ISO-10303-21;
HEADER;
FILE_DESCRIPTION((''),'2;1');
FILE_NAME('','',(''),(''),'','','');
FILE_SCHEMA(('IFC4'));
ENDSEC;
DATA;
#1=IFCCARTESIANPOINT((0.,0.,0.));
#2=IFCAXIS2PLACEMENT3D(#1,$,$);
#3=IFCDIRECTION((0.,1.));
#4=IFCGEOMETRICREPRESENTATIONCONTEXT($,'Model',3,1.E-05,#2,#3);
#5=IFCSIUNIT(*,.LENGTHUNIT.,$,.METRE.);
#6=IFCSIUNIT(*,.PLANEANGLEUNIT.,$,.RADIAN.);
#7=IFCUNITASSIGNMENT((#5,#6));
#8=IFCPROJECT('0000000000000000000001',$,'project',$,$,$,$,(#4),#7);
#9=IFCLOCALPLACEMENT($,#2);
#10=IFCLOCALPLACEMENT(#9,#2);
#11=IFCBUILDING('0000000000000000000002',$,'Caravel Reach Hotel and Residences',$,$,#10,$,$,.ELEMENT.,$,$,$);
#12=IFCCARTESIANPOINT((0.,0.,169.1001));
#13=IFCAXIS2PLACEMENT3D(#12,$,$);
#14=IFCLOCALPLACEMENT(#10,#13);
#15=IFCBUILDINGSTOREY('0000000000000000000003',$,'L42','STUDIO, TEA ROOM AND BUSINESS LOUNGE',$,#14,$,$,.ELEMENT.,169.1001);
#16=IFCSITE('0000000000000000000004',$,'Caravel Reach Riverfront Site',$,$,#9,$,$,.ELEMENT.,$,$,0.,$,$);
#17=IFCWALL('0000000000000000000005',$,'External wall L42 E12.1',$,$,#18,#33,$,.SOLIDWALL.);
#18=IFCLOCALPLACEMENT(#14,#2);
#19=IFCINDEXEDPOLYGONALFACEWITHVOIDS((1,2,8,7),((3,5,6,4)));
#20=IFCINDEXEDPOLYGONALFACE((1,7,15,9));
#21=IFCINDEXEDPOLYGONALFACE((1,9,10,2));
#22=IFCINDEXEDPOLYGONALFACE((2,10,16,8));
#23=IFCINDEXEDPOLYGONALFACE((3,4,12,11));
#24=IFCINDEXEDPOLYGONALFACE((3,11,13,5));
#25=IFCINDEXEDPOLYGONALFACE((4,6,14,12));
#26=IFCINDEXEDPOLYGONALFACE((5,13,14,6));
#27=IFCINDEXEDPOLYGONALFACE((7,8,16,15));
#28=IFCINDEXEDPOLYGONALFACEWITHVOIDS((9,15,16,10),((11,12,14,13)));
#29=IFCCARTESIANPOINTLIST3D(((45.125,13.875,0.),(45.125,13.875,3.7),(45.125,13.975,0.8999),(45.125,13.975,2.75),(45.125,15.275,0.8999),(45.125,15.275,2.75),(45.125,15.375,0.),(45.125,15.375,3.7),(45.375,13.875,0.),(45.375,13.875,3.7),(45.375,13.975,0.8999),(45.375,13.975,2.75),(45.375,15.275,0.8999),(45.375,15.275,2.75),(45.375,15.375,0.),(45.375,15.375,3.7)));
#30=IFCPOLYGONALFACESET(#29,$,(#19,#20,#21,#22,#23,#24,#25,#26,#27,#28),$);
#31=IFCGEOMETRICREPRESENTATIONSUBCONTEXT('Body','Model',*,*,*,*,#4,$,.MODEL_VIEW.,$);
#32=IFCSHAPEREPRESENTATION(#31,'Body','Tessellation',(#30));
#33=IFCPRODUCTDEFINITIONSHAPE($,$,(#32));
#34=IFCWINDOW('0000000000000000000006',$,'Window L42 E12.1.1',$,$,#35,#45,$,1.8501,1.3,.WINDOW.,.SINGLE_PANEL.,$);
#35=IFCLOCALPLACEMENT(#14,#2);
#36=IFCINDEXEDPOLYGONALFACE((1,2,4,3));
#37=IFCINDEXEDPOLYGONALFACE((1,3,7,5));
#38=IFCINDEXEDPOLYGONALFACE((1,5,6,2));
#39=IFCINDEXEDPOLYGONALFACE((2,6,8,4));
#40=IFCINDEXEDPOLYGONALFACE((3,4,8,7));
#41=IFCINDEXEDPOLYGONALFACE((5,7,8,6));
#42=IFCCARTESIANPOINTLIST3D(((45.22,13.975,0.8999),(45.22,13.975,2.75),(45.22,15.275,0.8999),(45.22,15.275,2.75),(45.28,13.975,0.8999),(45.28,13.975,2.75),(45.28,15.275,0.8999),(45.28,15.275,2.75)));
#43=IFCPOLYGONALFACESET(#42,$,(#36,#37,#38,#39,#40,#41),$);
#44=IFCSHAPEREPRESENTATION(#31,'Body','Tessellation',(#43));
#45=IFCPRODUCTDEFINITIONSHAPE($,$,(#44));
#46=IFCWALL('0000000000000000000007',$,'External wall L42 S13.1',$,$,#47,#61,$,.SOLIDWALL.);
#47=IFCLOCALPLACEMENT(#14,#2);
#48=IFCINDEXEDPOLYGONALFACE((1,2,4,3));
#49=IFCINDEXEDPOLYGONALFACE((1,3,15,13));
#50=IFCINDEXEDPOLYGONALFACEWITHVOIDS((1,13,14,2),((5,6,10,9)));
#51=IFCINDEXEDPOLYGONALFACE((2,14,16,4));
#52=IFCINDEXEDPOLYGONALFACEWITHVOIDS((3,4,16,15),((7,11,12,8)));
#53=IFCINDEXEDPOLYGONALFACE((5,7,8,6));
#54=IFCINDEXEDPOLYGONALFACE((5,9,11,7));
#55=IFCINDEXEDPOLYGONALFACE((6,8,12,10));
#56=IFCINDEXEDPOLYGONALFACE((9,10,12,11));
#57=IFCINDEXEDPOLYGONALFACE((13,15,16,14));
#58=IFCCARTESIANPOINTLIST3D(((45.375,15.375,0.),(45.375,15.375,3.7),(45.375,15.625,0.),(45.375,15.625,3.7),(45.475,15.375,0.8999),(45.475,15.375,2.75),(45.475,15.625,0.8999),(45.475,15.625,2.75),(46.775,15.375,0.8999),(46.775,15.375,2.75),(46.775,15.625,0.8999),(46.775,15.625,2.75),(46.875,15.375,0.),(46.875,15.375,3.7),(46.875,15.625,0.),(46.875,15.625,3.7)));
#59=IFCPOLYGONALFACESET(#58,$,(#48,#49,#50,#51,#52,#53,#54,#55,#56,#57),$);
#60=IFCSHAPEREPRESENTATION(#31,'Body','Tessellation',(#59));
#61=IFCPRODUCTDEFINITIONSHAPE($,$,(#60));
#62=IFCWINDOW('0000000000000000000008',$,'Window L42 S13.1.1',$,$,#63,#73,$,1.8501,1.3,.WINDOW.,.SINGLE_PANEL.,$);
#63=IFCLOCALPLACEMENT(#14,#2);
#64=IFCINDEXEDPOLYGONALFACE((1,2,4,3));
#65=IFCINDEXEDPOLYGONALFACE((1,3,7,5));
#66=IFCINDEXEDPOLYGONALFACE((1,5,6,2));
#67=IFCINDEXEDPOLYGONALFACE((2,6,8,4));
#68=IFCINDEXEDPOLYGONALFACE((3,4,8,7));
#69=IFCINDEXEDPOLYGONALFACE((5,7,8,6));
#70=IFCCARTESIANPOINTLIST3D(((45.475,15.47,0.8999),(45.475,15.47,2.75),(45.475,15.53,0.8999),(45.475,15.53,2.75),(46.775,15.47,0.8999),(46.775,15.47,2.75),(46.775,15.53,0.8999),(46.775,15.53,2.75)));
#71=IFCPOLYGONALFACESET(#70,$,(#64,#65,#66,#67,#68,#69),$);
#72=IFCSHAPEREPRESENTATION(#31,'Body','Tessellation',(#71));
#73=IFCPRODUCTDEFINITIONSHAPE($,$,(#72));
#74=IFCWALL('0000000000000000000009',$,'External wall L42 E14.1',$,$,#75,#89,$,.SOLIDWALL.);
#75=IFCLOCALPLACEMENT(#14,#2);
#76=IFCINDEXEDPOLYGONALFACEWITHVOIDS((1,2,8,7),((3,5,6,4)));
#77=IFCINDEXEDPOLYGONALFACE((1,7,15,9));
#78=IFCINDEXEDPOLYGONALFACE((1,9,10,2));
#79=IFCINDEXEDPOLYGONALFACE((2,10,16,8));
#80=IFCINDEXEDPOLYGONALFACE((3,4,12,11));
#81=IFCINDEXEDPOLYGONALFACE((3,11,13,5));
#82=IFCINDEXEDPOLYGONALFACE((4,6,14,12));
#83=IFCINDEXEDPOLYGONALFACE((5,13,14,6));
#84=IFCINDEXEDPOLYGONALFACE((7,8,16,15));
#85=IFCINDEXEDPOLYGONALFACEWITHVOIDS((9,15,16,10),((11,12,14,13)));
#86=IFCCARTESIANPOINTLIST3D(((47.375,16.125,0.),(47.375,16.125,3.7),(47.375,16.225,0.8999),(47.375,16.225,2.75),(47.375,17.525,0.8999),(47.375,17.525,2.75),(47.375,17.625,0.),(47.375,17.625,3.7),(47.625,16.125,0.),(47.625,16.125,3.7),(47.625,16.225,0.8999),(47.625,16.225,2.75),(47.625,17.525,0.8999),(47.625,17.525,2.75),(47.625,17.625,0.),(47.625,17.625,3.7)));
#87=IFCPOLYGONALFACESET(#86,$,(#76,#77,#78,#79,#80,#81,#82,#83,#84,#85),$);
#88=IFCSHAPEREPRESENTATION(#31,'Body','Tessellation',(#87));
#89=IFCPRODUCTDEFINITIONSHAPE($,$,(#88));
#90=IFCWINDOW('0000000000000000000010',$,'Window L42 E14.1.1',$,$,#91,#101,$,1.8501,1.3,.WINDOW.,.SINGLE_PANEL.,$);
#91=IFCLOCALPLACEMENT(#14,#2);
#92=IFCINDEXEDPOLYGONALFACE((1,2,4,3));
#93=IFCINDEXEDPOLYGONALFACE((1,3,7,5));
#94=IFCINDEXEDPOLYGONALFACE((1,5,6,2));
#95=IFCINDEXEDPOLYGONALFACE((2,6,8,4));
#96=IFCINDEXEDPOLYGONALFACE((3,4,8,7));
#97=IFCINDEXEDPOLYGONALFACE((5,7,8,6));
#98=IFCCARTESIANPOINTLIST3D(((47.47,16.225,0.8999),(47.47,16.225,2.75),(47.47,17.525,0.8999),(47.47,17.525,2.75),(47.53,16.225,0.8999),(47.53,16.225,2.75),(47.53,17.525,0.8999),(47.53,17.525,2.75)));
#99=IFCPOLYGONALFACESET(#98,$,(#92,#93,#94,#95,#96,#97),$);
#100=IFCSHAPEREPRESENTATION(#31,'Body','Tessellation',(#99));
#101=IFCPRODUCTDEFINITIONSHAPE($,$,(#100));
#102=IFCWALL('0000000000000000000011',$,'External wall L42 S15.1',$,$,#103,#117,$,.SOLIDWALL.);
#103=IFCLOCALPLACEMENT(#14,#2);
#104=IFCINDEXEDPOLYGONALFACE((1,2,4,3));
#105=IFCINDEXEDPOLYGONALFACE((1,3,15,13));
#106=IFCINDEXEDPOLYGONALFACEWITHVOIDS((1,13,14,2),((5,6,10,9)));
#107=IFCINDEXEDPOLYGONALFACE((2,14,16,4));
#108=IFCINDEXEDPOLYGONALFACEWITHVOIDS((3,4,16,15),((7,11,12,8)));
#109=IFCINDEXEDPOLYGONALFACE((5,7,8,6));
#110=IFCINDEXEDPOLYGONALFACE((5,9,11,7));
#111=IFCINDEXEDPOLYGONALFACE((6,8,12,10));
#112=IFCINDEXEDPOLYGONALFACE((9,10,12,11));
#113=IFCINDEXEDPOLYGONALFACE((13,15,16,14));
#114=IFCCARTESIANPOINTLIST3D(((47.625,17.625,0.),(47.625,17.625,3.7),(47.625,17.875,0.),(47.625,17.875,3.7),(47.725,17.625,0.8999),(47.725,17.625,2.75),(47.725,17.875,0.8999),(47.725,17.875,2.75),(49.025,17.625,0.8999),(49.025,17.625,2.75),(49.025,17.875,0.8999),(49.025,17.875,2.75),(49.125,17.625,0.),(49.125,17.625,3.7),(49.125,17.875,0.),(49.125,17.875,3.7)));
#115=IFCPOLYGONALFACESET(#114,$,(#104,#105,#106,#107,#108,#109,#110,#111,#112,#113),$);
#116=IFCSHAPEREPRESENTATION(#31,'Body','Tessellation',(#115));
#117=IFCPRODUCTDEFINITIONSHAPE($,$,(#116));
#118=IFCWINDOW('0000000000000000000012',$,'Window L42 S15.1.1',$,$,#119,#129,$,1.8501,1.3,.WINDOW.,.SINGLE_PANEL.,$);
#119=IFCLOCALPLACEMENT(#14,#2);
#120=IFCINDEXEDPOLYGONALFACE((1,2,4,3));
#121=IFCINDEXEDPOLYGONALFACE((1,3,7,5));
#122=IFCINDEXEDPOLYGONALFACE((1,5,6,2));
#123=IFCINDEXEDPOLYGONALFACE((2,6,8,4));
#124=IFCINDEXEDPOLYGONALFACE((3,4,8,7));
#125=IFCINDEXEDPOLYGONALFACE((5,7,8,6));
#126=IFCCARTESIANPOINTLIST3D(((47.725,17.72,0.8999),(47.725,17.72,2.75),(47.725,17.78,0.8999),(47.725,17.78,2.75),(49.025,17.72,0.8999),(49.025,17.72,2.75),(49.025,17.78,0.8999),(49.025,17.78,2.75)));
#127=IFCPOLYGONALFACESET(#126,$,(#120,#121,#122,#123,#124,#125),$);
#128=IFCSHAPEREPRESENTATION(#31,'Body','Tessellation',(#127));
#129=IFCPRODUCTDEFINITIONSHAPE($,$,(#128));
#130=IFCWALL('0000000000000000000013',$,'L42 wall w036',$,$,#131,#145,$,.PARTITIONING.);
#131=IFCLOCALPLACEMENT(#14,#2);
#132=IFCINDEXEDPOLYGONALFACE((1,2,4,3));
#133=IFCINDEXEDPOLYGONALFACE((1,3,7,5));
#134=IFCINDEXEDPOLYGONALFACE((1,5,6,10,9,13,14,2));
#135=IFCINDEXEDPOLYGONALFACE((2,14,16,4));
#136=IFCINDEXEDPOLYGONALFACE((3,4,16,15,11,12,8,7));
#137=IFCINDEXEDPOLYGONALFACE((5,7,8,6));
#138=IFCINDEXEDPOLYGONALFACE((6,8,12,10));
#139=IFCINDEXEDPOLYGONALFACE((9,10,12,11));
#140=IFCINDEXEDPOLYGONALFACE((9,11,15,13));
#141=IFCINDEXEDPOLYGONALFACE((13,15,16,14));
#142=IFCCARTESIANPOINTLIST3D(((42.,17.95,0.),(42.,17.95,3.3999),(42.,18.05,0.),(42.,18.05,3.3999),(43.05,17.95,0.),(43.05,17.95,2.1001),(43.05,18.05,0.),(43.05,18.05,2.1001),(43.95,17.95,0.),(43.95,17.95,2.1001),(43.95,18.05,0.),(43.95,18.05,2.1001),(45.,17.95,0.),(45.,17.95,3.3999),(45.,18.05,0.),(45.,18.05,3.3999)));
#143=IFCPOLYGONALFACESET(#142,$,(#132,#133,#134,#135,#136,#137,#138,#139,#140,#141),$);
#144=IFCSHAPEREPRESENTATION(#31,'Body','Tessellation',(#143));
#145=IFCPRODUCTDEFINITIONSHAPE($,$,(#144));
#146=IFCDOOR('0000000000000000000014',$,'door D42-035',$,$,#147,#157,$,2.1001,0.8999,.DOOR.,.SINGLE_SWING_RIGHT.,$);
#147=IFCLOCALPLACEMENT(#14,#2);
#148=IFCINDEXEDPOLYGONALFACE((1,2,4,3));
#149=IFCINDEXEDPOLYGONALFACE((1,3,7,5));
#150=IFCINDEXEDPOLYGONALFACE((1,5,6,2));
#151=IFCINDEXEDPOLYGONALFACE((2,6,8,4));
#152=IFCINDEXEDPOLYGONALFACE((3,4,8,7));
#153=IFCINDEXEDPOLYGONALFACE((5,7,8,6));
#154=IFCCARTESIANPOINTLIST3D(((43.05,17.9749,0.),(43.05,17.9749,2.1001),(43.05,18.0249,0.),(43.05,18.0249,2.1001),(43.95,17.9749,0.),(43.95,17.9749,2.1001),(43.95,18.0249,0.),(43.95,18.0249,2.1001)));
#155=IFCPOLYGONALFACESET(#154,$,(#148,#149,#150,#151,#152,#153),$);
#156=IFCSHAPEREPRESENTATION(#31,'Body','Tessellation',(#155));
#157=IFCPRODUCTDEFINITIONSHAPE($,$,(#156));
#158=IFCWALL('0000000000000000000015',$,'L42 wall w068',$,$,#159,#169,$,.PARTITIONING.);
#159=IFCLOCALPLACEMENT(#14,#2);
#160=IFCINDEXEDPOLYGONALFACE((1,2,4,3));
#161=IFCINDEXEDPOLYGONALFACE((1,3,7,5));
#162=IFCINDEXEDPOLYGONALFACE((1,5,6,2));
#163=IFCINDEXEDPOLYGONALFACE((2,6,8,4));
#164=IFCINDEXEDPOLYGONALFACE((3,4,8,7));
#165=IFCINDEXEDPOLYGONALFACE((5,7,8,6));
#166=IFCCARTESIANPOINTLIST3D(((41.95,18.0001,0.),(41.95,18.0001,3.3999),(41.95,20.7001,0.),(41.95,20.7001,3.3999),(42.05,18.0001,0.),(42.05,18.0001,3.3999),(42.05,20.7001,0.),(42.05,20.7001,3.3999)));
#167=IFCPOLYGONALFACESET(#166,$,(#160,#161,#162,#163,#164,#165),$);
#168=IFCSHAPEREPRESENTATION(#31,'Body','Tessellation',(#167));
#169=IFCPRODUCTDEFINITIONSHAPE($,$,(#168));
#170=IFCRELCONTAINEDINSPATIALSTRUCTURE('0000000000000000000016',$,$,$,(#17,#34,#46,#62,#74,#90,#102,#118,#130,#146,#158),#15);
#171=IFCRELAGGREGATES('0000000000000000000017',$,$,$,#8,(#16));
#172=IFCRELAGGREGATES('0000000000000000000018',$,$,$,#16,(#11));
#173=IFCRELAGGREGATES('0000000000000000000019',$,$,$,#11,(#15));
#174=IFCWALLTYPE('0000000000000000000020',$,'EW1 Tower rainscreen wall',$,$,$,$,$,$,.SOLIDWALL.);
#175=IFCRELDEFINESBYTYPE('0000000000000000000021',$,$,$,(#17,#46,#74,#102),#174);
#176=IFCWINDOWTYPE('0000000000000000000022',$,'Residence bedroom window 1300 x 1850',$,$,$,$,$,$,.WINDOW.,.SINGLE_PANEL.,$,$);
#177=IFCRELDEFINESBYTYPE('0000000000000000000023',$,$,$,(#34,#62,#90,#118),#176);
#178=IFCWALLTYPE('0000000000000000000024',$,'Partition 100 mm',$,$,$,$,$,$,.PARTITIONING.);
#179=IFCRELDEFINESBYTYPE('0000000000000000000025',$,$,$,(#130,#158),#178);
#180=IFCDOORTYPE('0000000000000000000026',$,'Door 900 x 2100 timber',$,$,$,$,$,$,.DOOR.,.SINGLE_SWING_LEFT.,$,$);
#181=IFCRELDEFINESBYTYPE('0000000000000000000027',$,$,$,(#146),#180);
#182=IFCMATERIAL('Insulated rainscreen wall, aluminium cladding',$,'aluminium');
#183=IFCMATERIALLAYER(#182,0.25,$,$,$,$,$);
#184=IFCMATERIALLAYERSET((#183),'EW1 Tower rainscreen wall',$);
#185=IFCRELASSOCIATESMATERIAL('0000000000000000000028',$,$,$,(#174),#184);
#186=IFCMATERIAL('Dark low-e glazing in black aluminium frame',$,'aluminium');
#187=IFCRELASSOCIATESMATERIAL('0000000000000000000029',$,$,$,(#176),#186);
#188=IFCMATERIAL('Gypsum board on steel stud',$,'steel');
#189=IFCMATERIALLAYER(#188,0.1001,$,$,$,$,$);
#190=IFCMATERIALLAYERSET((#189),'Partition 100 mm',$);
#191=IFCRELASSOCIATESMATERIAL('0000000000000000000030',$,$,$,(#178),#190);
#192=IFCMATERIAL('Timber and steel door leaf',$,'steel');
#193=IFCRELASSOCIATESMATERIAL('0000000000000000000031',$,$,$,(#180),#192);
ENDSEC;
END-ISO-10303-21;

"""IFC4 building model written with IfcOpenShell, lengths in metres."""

from ifc_helpers import new_model, si_unit, direction, frame, frame_2d, origin, place, context, subcontext, project, spatial, rectangle, extrude, material, layer, layer_set, type_object, element, fill, save


model = new_model("IFC4")

# Units and contexts
model_context = context("Model", 3, precision=1e-05, world=origin(), true_north=direction((0.0, 1.0)))
body_context = subcontext(model_context, "Body", "Model", "MODEL_VIEW")
ifc_project = project(units=[si_unit("LENGTHUNIT", "METRE"), si_unit("PLANEANGLEUNIT", "RADIAN")], contexts=[model_context])

# Site, building, storey
site_placement = place(None, origin())
site = spatial("IfcSite", under=ifc_project, at=site_placement, Name="Caravel Reach Riverfront Site", CompositionType="ELEMENT", RefElevation=0.0)
building_placement = place(site_placement, origin())
building = spatial("IfcBuilding", under=site, at=building_placement, Name="Caravel Reach Hotel and Residences", CompositionType="ELEMENT")
storey_placement = place(building_placement, frame((0.0, 0.0, 169.1001)))
storey = spatial("IfcBuildingStorey", under=building, at=storey_placement, Name="L42", Description="STUDIO, TEA ROOM AND BUSINESS LOUNGE", CompositionType="ELEMENT", Elevation=169.1001)

# Walls, openings, windows
ifc_material_1 = material(Name="Insulated rainscreen wall, aluminium cladding", Category="aluminium")
ifc_layer_1 = layer(ifc_material_1, 0.25)
ifc_layer_set_1 = layer_set([ifc_layer_1], Name="EW1 Tower rainscreen wall")
wall_type_1 = type_object("IfcWallType", Name="EW1 Tower rainscreen wall", PredefinedType="SOLIDWALL", material=ifc_layer_set_1)
wall_1_placement = place(storey_placement, frame((45.25, 13.875, 0.0), z_axis=(0.0, 0.0, 1.0), x_axis=(0.0, 1.0, 0.0)))
wall_1 = element("IfcWall", 1, at=wall_1_placement, inside=storey, type_object=wall_type_1, Name="External wall L42 E12.1", PredefinedType="SOLIDWALL", context=body_context, shape_type="SweptSolid", body=[
    extrude(rectangle(XDim=1.5, YDim=0.25, at=frame_2d((0.75, 0.0))), origin(), (0.0, 0.0, 1.0), 3.7),
])
opening_1_placement = place(wall_1_placement, frame((0.1001, 0.0, 0.8999)))
opening_1 = element("IfcOpeningElement", 2, at=opening_1_placement, cuts=wall_1, PredefinedType="OPENING", context=body_context, shape_type="SweptSolid", body=[
    extrude(rectangle(XDim=1.3, YDim=1.8501, at=frame_2d((0.6499, 0.925))), frame((0.0, 0.135, 0.0), z_axis=(0.0, -1.0, 0.0), x_axis=(1.0, 0.0, 0.0)), (0.0, 0.0, 1.0), 0.27),
])
ifc_material_2 = material(Name="Dark low-e glazing in black aluminium frame", Category="aluminium")
window_type = type_object("IfcWindowType", Name="Residence bedroom window 1300 x 1850", PartitioningType="SINGLE_PANEL", PredefinedType="WINDOW", material=ifc_material_2)
window_1_placement = place(opening_1_placement, origin())
window_1 = element("IfcWindow", 3, at=window_1_placement, inside=storey, type_object=window_type, Name="Window L42 E12.1.1", OverallHeight=1.8501, OverallWidth=1.3, PartitioningType="SINGLE_PANEL", PredefinedType="WINDOW", context=body_context, shape_type="SweptSolid", body=[
    extrude(rectangle(XDim=1.3, YDim=1.8501, at=frame_2d((0.6499, 0.925))), frame((0.0, 0.03, 0.0), z_axis=(0.0, -1.0, 0.0), x_axis=(1.0, 0.0, 0.0)), (0.0, 0.0, 1.0), 0.0601),
])
fill(opening_1, window_1)
wall_2_placement = place(storey_placement, frame((45.375, 15.5, 0.0), z_axis=(0.0, 0.0, 1.0), x_axis=(1.0, 0.0, 0.0)))
wall_2 = element("IfcWall", 4, at=wall_2_placement, inside=storey, type_object=wall_type_1, Name="External wall L42 S13.1", PredefinedType="SOLIDWALL", context=body_context, shape_type="SweptSolid", body=[
    extrude(rectangle(XDim=1.5, YDim=0.25, at=frame_2d((0.75, 0.0))), origin(), (0.0, 0.0, 1.0), 3.7),
])
opening_2_placement = place(wall_2_placement, frame((0.1001, 0.0, 0.8999)))
opening_2 = element("IfcOpeningElement", 5, at=opening_2_placement, cuts=wall_2, PredefinedType="OPENING", context=body_context, shape_type="SweptSolid", body=[
    extrude(rectangle(XDim=1.3, YDim=1.8501, at=frame_2d((0.6499, 0.925))), frame((0.0, 0.135, 0.0), z_axis=(0.0, -1.0, 0.0), x_axis=(1.0, 0.0, 0.0)), (0.0, 0.0, 1.0), 0.27),
])
window_2_placement = place(opening_2_placement, origin())
window_2 = element("IfcWindow", 6, at=window_2_placement, inside=storey, type_object=window_type, Name="Window L42 S13.1.1", OverallHeight=1.8501, OverallWidth=1.3, PartitioningType="SINGLE_PANEL", PredefinedType="WINDOW", context=body_context, shape_type="SweptSolid", body=[
    extrude(rectangle(XDim=1.3, YDim=1.8501, at=frame_2d((0.6499, 0.925))), frame((0.0, 0.03, 0.0), z_axis=(0.0, -1.0, 0.0), x_axis=(1.0, 0.0, 0.0)), (0.0, 0.0, 1.0), 0.0601),
])
fill(opening_2, window_2)
wall_3_placement = place(storey_placement, frame((47.5, 16.125, 0.0), z_axis=(0.0, 0.0, 1.0), x_axis=(0.0, 1.0, 0.0)))
wall_3 = element("IfcWall", 7, at=wall_3_placement, inside=storey, type_object=wall_type_1, Name="External wall L42 E14.1", PredefinedType="SOLIDWALL", context=body_context, shape_type="SweptSolid", body=[
    extrude(rectangle(XDim=1.5, YDim=0.25, at=frame_2d((0.75, 0.0))), origin(), (0.0, 0.0, 1.0), 3.7),
])
opening_3_placement = place(wall_3_placement, frame((0.1001, 0.0, 0.8999)))
opening_3 = element("IfcOpeningElement", 8, at=opening_3_placement, cuts=wall_3, PredefinedType="OPENING", context=body_context, shape_type="SweptSolid", body=[
    extrude(rectangle(XDim=1.3, YDim=1.8501, at=frame_2d((0.6499, 0.925))), frame((0.0, 0.135, 0.0), z_axis=(0.0, -1.0, 0.0), x_axis=(1.0, 0.0, 0.0)), (0.0, 0.0, 1.0), 0.27),
])
window_3_placement = place(opening_3_placement, origin())
window_3 = element("IfcWindow", 9, at=window_3_placement, inside=storey, type_object=window_type, Name="Window L42 E14.1.1", OverallHeight=1.8501, OverallWidth=1.3, PartitioningType="SINGLE_PANEL", PredefinedType="WINDOW", context=body_context, shape_type="SweptSolid", body=[
    extrude(rectangle(XDim=1.3, YDim=1.8501, at=frame_2d((0.6499, 0.925))), frame((0.0, 0.03, 0.0), z_axis=(0.0, -1.0, 0.0), x_axis=(1.0, 0.0, 0.0)), (0.0, 0.0, 1.0), 0.0601),
])
fill(opening_3, window_3)
wall_4_placement = place(storey_placement, frame((47.625, 17.75, 0.0), z_axis=(0.0, 0.0, 1.0), x_axis=(1.0, 0.0, 0.0)))
wall_4 = element("IfcWall", 10, at=wall_4_placement, inside=storey, type_object=wall_type_1, Name="External wall L42 S15.1", PredefinedType="SOLIDWALL", context=body_context, shape_type="SweptSolid", body=[
    extrude(rectangle(XDim=1.5, YDim=0.25, at=frame_2d((0.75, 0.0))), origin(), (0.0, 0.0, 1.0), 3.7),
])
opening_4_placement = place(wall_4_placement, frame((0.1001, 0.0, 0.8999)))
opening_4 = element("IfcOpeningElement", 11, at=opening_4_placement, cuts=wall_4, PredefinedType="OPENING", context=body_context, shape_type="SweptSolid", body=[
    extrude(rectangle(XDim=1.3, YDim=1.8501, at=frame_2d((0.6499, 0.925))), frame((0.0, 0.135, 0.0), z_axis=(0.0, -1.0, 0.0), x_axis=(1.0, 0.0, 0.0)), (0.0, 0.0, 1.0), 0.27),
])
window_4_placement = place(opening_4_placement, origin())
window_4 = element("IfcWindow", 12, at=window_4_placement, inside=storey, type_object=window_type, Name="Window L42 S15.1.1", OverallHeight=1.8501, OverallWidth=1.3, PartitioningType="SINGLE_PANEL", PredefinedType="WINDOW", context=body_context, shape_type="SweptSolid", body=[
    extrude(rectangle(XDim=1.3, YDim=1.8501, at=frame_2d((0.6499, 0.925))), frame((0.0, 0.03, 0.0), z_axis=(0.0, -1.0, 0.0), x_axis=(1.0, 0.0, 0.0)), (0.0, 0.0, 1.0), 0.0601),
])
fill(opening_4, window_4)

# Wall, opening, door
ifc_material_3 = material(Name="Gypsum board on steel stud", Category="steel")
ifc_layer_2 = layer(ifc_material_3, 0.1001)
ifc_layer_set_2 = layer_set([ifc_layer_2], Name="Partition 100 mm")
wall_type_2 = type_object("IfcWallType", Name="Partition 100 mm", PredefinedType="PARTITIONING", material=ifc_layer_set_2)
wall_5_placement = place(storey_placement, frame((42.0, 18.0, 0.0), z_axis=(0.0, 0.0, 1.0), x_axis=(1.0, 0.0, 0.0)))
wall_5 = element("IfcWall", 13, at=wall_5_placement, inside=storey, type_object=wall_type_2, Name="L42 wall w036", PredefinedType="PARTITIONING", context=body_context, shape_type="SweptSolid", body=[
    extrude(rectangle(XDim=3.0, YDim=0.1001, at=frame_2d((1.5, 0.0))), origin(), (0.0, 0.0, 1.0), 3.3999),
])
opening_5_placement = place(wall_5_placement, frame((1.05, 0.0, 0.0)))
opening_5 = element("IfcOpeningElement", 14, at=opening_5_placement, cuts=wall_5, PredefinedType="OPENING", context=body_context, shape_type="SweptSolid", body=[
    extrude(rectangle(XDim=0.8999, YDim=2.1001, at=frame_2d((0.45, 1.05))), frame((0.0, 0.0601, 0.0), z_axis=(0.0, -1.0, 0.0), x_axis=(1.0, 0.0, 0.0)), (0.0, 0.0, 1.0), 0.1201),
])
ifc_material_4 = material(Name="Timber and steel door leaf", Category="steel")
door_type = type_object("IfcDoorType", Name="Door 900 x 2100 timber", OperationType="SINGLE_SWING_LEFT", PredefinedType="DOOR", material=ifc_material_4)
door_placement = place(opening_5_placement, origin())
door = element("IfcDoor", 15, at=door_placement, inside=storey, type_object=door_type, Name="door D42-035", OperationType="SINGLE_SWING_RIGHT", OverallHeight=2.1001, OverallWidth=0.8999, PredefinedType="DOOR", context=body_context, shape_type="SweptSolid", body=[
    extrude(rectangle(XDim=0.8999, YDim=2.1001, at=frame_2d((0.45, 1.05))), frame((0.0, 0.0249, 0.0), z_axis=(0.0, -1.0, 0.0), x_axis=(1.0, 0.0, 0.0)), (0.0, 0.0, 1.0), 0.05),
])
fill(opening_5, door)

# Wall
wall_6_placement = place(storey_placement, frame((42.0, 18.0, 0.0), z_axis=(0.0, 0.0, 1.0), x_axis=(0.0, 1.0, 0.0)))
element("IfcWall", 16, at=wall_6_placement, inside=storey, type_object=wall_type_2, Name="L42 wall w068", PredefinedType="PARTITIONING", context=body_context, shape_type="SweptSolid", body=[
    extrude(rectangle(XDim=2.7, YDim=0.1001, at=frame_2d((1.3501, 0.0))), origin(), (0.0, 0.0, 1.0), 3.3999),
])

save(model, "model.ifc")
